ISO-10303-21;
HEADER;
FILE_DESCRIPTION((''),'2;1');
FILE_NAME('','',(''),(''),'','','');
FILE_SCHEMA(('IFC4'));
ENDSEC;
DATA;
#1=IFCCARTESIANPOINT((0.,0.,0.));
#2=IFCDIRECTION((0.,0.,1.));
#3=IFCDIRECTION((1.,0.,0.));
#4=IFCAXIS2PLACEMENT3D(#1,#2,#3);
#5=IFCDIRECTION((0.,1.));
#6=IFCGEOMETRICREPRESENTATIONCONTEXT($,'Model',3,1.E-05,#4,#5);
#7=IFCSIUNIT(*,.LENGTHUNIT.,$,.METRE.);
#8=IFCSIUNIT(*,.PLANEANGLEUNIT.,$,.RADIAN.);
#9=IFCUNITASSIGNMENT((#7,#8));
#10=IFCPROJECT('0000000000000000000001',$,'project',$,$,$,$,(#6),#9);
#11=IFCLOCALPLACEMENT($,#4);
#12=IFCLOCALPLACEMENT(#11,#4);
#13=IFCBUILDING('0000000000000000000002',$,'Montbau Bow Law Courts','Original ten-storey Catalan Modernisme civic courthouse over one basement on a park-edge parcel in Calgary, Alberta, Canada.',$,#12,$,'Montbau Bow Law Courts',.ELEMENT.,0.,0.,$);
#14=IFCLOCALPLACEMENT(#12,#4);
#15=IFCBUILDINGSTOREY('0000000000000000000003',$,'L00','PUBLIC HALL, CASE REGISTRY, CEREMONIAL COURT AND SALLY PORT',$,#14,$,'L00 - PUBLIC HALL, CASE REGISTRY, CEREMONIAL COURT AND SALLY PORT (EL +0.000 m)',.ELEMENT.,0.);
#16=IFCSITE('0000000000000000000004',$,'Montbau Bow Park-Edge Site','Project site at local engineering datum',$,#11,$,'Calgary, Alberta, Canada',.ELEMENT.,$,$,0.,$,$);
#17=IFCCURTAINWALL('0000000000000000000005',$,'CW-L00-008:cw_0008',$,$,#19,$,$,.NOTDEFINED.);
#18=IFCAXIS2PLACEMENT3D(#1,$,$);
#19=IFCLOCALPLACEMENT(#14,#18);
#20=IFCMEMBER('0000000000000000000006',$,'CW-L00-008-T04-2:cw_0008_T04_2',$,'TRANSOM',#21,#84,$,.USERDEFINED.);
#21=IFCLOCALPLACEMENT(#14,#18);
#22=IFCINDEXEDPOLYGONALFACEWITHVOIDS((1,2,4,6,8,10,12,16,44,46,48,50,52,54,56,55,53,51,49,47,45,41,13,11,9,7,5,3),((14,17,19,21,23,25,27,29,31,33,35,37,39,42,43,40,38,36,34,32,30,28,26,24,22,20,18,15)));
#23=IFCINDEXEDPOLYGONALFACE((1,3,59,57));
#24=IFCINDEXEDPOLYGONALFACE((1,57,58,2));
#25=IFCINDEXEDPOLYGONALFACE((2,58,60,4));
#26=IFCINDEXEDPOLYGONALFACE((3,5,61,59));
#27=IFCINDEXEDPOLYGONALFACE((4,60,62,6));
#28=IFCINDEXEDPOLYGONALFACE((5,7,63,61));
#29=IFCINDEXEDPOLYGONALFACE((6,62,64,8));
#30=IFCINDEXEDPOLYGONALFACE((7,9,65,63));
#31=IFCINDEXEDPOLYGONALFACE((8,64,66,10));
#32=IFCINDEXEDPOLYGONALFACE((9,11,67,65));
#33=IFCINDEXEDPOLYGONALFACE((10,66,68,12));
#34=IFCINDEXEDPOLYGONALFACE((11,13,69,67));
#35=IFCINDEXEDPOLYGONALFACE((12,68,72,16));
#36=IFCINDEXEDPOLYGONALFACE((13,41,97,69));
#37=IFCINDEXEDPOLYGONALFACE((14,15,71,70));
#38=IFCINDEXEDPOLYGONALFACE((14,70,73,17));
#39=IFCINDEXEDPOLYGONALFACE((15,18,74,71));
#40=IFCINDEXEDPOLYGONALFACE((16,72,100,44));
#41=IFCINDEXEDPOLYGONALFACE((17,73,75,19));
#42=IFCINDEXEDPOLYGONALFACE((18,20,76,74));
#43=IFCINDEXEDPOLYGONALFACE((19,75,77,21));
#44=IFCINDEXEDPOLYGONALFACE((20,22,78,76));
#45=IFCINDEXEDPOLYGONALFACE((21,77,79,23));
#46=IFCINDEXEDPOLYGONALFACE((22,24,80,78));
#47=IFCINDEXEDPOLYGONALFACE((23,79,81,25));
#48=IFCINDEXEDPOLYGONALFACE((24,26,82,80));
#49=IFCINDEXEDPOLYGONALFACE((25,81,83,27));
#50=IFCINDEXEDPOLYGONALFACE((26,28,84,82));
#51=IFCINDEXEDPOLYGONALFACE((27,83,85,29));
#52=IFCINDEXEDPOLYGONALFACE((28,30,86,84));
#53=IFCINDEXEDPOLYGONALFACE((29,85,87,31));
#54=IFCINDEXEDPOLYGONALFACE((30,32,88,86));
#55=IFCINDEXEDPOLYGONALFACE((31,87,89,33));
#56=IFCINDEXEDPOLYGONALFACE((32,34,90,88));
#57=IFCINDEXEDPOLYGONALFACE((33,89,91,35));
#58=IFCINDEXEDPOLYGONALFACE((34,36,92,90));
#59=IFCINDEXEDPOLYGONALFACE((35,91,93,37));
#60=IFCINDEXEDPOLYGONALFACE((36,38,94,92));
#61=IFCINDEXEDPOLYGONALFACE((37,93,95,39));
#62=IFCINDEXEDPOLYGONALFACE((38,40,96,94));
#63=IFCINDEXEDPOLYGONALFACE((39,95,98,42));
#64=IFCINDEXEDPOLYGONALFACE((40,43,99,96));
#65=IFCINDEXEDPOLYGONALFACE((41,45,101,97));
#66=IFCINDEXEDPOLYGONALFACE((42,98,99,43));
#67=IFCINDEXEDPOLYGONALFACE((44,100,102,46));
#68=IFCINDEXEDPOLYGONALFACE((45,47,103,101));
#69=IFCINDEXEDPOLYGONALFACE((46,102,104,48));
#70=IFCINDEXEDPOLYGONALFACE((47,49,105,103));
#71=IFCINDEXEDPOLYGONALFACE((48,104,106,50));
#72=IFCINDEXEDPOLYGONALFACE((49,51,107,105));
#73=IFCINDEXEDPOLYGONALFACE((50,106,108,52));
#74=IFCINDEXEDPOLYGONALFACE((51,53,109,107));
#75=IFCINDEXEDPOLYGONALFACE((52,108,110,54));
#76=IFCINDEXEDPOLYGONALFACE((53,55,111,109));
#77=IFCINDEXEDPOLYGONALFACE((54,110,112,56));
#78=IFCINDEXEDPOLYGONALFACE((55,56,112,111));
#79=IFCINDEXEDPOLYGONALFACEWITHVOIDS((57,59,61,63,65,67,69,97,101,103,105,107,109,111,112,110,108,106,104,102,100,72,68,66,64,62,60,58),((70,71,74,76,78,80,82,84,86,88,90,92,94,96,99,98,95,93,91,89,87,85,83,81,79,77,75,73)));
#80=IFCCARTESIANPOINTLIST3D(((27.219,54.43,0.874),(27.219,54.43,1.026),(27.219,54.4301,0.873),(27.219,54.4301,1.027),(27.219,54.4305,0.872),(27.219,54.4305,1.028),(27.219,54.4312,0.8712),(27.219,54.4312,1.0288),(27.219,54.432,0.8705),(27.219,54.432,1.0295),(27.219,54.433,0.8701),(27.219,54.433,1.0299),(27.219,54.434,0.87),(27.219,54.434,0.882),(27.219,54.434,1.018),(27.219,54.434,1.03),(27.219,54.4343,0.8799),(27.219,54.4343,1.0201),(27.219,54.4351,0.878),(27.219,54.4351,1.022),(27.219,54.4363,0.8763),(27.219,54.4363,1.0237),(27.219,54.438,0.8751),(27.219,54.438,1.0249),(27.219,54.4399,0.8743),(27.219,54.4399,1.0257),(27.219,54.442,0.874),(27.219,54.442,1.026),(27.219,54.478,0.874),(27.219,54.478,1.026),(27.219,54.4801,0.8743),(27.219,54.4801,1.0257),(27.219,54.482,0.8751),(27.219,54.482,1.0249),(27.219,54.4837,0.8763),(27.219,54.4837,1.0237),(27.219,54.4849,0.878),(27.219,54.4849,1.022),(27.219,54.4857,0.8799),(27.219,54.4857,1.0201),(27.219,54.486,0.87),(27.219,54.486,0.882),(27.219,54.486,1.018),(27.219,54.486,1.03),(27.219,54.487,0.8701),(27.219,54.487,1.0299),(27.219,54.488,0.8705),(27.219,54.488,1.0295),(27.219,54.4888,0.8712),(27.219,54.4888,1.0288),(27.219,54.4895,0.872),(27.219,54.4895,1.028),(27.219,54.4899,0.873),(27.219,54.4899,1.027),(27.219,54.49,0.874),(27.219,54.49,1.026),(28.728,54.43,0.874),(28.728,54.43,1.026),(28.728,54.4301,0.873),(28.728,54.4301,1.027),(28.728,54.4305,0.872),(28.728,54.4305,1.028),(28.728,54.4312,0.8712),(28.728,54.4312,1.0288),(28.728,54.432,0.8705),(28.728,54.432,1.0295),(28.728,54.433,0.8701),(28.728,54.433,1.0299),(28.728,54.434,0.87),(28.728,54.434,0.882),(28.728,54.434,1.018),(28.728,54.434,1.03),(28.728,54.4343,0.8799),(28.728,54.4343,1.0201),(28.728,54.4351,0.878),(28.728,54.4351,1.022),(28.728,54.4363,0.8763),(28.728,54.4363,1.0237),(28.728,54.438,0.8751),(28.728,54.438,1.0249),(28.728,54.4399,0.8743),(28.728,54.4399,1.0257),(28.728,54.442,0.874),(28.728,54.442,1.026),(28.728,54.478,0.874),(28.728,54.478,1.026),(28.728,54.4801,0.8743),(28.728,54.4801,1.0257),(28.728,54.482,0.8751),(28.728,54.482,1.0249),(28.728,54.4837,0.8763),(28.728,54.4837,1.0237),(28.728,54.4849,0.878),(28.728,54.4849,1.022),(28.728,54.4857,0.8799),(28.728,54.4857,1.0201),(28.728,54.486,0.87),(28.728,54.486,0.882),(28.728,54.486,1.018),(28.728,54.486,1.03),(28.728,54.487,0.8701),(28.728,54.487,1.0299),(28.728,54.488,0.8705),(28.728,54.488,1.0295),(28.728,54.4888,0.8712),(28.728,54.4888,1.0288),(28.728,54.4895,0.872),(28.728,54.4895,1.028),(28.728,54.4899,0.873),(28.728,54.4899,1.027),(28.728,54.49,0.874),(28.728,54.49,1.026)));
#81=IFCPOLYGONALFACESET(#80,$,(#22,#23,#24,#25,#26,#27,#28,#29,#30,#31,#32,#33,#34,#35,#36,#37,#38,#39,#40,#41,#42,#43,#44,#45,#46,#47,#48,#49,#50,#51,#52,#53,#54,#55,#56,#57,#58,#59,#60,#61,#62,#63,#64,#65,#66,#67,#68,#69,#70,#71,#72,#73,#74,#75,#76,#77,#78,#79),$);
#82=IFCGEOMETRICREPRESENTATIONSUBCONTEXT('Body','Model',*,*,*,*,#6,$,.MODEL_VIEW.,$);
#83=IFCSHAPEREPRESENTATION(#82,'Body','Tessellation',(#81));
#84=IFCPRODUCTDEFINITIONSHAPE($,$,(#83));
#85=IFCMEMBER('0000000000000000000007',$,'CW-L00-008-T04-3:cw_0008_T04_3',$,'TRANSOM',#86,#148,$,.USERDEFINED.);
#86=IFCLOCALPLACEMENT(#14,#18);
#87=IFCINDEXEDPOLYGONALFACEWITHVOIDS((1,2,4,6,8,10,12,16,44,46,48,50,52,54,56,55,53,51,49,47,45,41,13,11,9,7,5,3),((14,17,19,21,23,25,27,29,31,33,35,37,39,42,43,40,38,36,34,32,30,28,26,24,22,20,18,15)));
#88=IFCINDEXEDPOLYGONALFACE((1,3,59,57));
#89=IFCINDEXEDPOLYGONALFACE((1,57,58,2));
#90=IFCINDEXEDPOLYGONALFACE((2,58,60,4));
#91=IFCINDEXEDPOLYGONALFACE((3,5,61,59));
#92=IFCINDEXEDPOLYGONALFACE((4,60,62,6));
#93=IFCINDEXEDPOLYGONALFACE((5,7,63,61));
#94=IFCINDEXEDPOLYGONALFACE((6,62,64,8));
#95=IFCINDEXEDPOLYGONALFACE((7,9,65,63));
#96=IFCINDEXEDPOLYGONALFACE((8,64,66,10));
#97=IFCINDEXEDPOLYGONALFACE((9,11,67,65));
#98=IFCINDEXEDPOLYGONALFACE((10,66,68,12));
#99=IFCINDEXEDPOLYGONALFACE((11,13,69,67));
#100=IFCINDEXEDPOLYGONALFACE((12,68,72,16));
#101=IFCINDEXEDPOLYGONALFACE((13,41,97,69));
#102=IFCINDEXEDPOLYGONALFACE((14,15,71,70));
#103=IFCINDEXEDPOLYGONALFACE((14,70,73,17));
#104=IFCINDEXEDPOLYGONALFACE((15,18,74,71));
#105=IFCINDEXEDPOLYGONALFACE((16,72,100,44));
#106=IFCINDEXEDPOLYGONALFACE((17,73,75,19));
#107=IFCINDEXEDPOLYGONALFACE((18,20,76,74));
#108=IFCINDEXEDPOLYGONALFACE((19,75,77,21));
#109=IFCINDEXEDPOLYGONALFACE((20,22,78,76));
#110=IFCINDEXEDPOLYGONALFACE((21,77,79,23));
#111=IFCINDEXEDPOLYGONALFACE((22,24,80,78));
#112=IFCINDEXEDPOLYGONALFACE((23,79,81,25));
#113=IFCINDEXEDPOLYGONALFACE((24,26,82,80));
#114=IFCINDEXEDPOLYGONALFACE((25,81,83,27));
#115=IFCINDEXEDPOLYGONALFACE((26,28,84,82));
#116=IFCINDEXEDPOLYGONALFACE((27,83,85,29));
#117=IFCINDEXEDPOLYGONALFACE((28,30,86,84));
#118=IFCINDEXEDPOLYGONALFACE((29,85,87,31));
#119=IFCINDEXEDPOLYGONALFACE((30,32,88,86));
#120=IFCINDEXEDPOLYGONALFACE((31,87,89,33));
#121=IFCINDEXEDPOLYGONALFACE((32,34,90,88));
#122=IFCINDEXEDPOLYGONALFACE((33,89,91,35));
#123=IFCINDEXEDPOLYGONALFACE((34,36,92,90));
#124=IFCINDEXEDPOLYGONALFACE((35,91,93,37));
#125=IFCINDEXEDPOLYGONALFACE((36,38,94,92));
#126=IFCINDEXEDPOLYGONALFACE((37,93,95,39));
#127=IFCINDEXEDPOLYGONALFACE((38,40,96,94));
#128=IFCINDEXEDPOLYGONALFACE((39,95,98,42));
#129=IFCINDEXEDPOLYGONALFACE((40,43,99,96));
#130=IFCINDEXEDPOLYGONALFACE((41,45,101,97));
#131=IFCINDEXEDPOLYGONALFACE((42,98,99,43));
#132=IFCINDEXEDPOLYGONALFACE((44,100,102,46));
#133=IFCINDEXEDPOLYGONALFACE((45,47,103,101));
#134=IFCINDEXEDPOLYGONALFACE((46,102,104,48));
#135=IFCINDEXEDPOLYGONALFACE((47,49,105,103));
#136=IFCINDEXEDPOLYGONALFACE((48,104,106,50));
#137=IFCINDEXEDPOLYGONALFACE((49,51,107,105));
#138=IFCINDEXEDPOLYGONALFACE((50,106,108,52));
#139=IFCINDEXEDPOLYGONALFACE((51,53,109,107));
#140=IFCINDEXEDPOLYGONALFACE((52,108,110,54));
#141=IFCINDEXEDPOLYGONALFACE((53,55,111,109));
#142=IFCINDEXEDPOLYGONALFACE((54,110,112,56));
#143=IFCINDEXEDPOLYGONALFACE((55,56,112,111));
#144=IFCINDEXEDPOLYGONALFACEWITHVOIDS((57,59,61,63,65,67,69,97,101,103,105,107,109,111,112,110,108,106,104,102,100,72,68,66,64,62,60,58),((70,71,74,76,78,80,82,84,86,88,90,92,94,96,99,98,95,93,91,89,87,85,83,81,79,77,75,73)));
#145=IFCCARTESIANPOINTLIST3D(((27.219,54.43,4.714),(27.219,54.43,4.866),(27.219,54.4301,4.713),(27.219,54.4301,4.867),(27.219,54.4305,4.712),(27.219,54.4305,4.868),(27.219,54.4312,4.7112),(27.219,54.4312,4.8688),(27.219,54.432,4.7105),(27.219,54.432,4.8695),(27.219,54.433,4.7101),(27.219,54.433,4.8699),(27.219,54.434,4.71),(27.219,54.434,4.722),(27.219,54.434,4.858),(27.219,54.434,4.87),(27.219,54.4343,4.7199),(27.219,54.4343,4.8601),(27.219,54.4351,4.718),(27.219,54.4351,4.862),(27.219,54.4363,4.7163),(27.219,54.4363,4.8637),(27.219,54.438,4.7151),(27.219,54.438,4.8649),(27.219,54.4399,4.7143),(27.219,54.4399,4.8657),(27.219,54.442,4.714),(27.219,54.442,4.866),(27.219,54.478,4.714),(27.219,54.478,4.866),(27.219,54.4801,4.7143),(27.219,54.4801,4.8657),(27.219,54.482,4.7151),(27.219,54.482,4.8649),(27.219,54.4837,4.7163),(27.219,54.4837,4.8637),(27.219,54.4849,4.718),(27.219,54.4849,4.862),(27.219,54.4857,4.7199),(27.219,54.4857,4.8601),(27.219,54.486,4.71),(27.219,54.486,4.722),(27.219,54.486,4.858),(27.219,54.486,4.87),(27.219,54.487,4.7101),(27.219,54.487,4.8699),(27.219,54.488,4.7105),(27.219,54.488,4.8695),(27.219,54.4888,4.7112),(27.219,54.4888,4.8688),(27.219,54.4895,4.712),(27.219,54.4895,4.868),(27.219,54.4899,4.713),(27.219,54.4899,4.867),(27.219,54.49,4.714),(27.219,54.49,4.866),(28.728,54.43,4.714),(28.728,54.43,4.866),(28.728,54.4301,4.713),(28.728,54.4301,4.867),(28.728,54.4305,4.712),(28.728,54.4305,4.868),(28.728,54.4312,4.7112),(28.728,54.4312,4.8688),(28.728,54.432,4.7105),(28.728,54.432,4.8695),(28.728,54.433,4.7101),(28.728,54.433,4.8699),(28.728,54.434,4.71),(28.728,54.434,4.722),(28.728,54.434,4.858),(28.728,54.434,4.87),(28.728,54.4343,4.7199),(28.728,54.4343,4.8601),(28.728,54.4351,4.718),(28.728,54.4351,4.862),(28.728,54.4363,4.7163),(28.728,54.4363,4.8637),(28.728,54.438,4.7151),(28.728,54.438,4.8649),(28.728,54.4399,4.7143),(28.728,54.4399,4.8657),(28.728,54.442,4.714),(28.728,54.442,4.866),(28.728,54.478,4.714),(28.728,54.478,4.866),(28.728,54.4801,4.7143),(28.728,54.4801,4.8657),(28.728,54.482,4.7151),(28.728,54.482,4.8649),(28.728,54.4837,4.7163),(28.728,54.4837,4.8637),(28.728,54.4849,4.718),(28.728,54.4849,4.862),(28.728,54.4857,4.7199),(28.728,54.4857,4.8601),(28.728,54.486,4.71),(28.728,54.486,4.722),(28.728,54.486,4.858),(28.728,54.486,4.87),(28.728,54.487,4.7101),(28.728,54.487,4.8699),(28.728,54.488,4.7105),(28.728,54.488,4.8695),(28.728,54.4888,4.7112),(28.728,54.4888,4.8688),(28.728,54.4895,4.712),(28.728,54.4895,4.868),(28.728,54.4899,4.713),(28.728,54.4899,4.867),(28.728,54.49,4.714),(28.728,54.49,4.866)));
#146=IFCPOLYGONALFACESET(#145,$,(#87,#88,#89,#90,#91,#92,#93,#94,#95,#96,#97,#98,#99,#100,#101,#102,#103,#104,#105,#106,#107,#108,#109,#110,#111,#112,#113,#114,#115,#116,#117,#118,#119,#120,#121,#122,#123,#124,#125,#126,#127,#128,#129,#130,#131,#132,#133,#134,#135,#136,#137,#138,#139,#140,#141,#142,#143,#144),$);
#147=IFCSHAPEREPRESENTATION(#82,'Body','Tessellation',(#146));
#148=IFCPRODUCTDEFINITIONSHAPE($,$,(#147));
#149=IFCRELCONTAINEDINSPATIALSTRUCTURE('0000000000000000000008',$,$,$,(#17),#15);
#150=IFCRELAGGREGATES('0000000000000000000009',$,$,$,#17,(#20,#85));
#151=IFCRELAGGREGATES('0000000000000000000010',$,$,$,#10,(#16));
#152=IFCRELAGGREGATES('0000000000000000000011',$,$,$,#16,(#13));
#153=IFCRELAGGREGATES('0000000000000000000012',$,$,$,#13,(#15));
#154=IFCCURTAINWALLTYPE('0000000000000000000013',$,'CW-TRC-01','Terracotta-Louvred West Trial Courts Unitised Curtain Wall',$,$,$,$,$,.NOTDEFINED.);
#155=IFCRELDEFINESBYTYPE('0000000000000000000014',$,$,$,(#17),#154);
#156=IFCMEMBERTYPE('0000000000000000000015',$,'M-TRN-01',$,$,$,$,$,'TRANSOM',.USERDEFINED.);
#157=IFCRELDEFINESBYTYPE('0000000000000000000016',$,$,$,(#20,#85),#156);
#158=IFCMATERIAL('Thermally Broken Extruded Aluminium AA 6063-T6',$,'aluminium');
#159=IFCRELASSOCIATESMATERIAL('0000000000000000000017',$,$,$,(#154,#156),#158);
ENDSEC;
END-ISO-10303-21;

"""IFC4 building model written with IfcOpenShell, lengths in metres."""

from ifc_helpers import new_model, si_unit, direction, frame, origin_with_axes, origin_2d_with_axis, place, context, subcontext, project, spatial, hollow_rectangle, extrude, material, material_profile, profile_set, type_object, element, aggregate, save


model = new_model("IFC4")

# Units and contexts
model_context = context("Model", 3, precision=1e-05, world=origin_with_axes(), true_north=direction((0.0, 1.0)))
body_context = subcontext(model_context, "Body", "Model", "MODEL_VIEW")
ifc_project = project(units=[si_unit("LENGTHUNIT", "METRE"), si_unit("PLANEANGLEUNIT", "RADIAN")], contexts=[model_context])

# Site, building, storey
site_placement = place(None, origin_with_axes())
site = spatial("IfcSite", under=ifc_project, at=site_placement, Name="Montbau Bow Park-Edge Site", Description="Project site at local engineering datum", LongName="Calgary, Alberta, Canada", CompositionType="ELEMENT", RefElevation=0.0)
building_placement = place(site_placement, origin_with_axes())
building = spatial("IfcBuilding", under=site, at=building_placement, Name="Montbau Bow Law Courts", Description="Original ten-storey Catalan Modernisme civic courthouse over one basement on a park-edge parcel in Calgary, Alberta, Canada.", LongName="Montbau Bow Law Courts", CompositionType="ELEMENT", ElevationOfRefHeight=0.0, ElevationOfTerrain=0.0)
storey_placement = place(building_placement, origin_with_axes())
storey = spatial("IfcBuildingStorey", under=building, at=storey_placement, Name="L00", Description="PUBLIC HALL, CASE REGISTRY, CEREMONIAL COURT AND SALLY PORT", LongName="L00 - PUBLIC HALL, CASE REGISTRY, CEREMONIAL COURT AND SALLY PORT (EL +0.000 m)", CompositionType="ELEMENT", Elevation=0.0)

# Curtain wall, members
ifc_material_1 = material(Name="Thermally Broken Extruded Aluminium AA 6063-T6", Category="aluminium")
curtain_wall_type = type_object("IfcCurtainWallType", Name="CW-TRC-01", Description="Terracotta-Louvred West Trial Courts Unitised Curtain Wall", PredefinedType="NOTDEFINED", material=ifc_material_1)
curtain_wall_1_placement = place(None, frame((22.467, 54.46, 0.0), z_axis=(0.0, 0.0, 1.0), x_axis=(1.0, 0.0, 0.0)))
curtain_wall_1 = element("IfcCurtainWall", 1, at=curtain_wall_1_placement, inside=storey, type_object=curtain_wall_type, Name="CW-L00-008:cw_0008", PredefinedType="NOTDEFINED")
ifc_material_profile_1 = material_profile(ifc_material_1, hollow_rectangle(XDim=0.06, YDim=0.16, WallThickness=0.004, InnerFilletRadius=0.008, OuterFilletRadius=0.004, at=origin_2d_with_axis()), Name="CWT-160X60", Category="Main", Priority=0)
ifc_profile_set_1 = profile_set([ifc_material_profile_1], Name="Thermally Broken Extruded Aluminium AA 6063-T6")
member_type_1 = type_object("IfcMemberType", Name="M-TRN-01", ElementType="TRANSOM", PredefinedType="USERDEFINED", material=ifc_profile_set_1)
member_1_placement = place(None, frame((27.219, 54.46, 0.95), z_axis=(1.0, 0.0, 0.0), x_axis=(0.0, 1.0, 0.0)))
member_1 = element("IfcMember", 2, at=member_1_placement, type_object=member_type_1, Name="CW-L00-008-T04-2:cw_0008_T04_2", ObjectType="TRANSOM", PredefinedType="USERDEFINED", context=body_context, shape_type="SweptSolid", body=[
    extrude(hollow_rectangle(XDim=0.06, YDim=0.16, WallThickness=0.004, InnerFilletRadius=0.008, OuterFilletRadius=0.004, at=origin_2d_with_axis()), origin_with_axes(), (0.0, 0.0, 1.0), 1.509),
])
member_2_placement = place(None, frame((27.219, 54.46, 4.79), z_axis=(1.0, 0.0, 0.0), x_axis=(0.0, 1.0, 0.0)))
member_2 = element("IfcMember", 3, at=member_2_placement, type_object=member_type_1, Name="CW-L00-008-T04-3:cw_0008_T04_3", ObjectType="TRANSOM", PredefinedType="USERDEFINED", context=body_context, shape_type="SweptSolid", body=[
    extrude(hollow_rectangle(XDim=0.06, YDim=0.16, WallThickness=0.004, InnerFilletRadius=0.008, OuterFilletRadius=0.004, at=origin_2d_with_axis()), origin_with_axes(), (0.0, 0.0, 1.0), 1.509),
])

aggregate(curtain_wall_1, [member_1, member_2])

save(model, "model.ifc")
